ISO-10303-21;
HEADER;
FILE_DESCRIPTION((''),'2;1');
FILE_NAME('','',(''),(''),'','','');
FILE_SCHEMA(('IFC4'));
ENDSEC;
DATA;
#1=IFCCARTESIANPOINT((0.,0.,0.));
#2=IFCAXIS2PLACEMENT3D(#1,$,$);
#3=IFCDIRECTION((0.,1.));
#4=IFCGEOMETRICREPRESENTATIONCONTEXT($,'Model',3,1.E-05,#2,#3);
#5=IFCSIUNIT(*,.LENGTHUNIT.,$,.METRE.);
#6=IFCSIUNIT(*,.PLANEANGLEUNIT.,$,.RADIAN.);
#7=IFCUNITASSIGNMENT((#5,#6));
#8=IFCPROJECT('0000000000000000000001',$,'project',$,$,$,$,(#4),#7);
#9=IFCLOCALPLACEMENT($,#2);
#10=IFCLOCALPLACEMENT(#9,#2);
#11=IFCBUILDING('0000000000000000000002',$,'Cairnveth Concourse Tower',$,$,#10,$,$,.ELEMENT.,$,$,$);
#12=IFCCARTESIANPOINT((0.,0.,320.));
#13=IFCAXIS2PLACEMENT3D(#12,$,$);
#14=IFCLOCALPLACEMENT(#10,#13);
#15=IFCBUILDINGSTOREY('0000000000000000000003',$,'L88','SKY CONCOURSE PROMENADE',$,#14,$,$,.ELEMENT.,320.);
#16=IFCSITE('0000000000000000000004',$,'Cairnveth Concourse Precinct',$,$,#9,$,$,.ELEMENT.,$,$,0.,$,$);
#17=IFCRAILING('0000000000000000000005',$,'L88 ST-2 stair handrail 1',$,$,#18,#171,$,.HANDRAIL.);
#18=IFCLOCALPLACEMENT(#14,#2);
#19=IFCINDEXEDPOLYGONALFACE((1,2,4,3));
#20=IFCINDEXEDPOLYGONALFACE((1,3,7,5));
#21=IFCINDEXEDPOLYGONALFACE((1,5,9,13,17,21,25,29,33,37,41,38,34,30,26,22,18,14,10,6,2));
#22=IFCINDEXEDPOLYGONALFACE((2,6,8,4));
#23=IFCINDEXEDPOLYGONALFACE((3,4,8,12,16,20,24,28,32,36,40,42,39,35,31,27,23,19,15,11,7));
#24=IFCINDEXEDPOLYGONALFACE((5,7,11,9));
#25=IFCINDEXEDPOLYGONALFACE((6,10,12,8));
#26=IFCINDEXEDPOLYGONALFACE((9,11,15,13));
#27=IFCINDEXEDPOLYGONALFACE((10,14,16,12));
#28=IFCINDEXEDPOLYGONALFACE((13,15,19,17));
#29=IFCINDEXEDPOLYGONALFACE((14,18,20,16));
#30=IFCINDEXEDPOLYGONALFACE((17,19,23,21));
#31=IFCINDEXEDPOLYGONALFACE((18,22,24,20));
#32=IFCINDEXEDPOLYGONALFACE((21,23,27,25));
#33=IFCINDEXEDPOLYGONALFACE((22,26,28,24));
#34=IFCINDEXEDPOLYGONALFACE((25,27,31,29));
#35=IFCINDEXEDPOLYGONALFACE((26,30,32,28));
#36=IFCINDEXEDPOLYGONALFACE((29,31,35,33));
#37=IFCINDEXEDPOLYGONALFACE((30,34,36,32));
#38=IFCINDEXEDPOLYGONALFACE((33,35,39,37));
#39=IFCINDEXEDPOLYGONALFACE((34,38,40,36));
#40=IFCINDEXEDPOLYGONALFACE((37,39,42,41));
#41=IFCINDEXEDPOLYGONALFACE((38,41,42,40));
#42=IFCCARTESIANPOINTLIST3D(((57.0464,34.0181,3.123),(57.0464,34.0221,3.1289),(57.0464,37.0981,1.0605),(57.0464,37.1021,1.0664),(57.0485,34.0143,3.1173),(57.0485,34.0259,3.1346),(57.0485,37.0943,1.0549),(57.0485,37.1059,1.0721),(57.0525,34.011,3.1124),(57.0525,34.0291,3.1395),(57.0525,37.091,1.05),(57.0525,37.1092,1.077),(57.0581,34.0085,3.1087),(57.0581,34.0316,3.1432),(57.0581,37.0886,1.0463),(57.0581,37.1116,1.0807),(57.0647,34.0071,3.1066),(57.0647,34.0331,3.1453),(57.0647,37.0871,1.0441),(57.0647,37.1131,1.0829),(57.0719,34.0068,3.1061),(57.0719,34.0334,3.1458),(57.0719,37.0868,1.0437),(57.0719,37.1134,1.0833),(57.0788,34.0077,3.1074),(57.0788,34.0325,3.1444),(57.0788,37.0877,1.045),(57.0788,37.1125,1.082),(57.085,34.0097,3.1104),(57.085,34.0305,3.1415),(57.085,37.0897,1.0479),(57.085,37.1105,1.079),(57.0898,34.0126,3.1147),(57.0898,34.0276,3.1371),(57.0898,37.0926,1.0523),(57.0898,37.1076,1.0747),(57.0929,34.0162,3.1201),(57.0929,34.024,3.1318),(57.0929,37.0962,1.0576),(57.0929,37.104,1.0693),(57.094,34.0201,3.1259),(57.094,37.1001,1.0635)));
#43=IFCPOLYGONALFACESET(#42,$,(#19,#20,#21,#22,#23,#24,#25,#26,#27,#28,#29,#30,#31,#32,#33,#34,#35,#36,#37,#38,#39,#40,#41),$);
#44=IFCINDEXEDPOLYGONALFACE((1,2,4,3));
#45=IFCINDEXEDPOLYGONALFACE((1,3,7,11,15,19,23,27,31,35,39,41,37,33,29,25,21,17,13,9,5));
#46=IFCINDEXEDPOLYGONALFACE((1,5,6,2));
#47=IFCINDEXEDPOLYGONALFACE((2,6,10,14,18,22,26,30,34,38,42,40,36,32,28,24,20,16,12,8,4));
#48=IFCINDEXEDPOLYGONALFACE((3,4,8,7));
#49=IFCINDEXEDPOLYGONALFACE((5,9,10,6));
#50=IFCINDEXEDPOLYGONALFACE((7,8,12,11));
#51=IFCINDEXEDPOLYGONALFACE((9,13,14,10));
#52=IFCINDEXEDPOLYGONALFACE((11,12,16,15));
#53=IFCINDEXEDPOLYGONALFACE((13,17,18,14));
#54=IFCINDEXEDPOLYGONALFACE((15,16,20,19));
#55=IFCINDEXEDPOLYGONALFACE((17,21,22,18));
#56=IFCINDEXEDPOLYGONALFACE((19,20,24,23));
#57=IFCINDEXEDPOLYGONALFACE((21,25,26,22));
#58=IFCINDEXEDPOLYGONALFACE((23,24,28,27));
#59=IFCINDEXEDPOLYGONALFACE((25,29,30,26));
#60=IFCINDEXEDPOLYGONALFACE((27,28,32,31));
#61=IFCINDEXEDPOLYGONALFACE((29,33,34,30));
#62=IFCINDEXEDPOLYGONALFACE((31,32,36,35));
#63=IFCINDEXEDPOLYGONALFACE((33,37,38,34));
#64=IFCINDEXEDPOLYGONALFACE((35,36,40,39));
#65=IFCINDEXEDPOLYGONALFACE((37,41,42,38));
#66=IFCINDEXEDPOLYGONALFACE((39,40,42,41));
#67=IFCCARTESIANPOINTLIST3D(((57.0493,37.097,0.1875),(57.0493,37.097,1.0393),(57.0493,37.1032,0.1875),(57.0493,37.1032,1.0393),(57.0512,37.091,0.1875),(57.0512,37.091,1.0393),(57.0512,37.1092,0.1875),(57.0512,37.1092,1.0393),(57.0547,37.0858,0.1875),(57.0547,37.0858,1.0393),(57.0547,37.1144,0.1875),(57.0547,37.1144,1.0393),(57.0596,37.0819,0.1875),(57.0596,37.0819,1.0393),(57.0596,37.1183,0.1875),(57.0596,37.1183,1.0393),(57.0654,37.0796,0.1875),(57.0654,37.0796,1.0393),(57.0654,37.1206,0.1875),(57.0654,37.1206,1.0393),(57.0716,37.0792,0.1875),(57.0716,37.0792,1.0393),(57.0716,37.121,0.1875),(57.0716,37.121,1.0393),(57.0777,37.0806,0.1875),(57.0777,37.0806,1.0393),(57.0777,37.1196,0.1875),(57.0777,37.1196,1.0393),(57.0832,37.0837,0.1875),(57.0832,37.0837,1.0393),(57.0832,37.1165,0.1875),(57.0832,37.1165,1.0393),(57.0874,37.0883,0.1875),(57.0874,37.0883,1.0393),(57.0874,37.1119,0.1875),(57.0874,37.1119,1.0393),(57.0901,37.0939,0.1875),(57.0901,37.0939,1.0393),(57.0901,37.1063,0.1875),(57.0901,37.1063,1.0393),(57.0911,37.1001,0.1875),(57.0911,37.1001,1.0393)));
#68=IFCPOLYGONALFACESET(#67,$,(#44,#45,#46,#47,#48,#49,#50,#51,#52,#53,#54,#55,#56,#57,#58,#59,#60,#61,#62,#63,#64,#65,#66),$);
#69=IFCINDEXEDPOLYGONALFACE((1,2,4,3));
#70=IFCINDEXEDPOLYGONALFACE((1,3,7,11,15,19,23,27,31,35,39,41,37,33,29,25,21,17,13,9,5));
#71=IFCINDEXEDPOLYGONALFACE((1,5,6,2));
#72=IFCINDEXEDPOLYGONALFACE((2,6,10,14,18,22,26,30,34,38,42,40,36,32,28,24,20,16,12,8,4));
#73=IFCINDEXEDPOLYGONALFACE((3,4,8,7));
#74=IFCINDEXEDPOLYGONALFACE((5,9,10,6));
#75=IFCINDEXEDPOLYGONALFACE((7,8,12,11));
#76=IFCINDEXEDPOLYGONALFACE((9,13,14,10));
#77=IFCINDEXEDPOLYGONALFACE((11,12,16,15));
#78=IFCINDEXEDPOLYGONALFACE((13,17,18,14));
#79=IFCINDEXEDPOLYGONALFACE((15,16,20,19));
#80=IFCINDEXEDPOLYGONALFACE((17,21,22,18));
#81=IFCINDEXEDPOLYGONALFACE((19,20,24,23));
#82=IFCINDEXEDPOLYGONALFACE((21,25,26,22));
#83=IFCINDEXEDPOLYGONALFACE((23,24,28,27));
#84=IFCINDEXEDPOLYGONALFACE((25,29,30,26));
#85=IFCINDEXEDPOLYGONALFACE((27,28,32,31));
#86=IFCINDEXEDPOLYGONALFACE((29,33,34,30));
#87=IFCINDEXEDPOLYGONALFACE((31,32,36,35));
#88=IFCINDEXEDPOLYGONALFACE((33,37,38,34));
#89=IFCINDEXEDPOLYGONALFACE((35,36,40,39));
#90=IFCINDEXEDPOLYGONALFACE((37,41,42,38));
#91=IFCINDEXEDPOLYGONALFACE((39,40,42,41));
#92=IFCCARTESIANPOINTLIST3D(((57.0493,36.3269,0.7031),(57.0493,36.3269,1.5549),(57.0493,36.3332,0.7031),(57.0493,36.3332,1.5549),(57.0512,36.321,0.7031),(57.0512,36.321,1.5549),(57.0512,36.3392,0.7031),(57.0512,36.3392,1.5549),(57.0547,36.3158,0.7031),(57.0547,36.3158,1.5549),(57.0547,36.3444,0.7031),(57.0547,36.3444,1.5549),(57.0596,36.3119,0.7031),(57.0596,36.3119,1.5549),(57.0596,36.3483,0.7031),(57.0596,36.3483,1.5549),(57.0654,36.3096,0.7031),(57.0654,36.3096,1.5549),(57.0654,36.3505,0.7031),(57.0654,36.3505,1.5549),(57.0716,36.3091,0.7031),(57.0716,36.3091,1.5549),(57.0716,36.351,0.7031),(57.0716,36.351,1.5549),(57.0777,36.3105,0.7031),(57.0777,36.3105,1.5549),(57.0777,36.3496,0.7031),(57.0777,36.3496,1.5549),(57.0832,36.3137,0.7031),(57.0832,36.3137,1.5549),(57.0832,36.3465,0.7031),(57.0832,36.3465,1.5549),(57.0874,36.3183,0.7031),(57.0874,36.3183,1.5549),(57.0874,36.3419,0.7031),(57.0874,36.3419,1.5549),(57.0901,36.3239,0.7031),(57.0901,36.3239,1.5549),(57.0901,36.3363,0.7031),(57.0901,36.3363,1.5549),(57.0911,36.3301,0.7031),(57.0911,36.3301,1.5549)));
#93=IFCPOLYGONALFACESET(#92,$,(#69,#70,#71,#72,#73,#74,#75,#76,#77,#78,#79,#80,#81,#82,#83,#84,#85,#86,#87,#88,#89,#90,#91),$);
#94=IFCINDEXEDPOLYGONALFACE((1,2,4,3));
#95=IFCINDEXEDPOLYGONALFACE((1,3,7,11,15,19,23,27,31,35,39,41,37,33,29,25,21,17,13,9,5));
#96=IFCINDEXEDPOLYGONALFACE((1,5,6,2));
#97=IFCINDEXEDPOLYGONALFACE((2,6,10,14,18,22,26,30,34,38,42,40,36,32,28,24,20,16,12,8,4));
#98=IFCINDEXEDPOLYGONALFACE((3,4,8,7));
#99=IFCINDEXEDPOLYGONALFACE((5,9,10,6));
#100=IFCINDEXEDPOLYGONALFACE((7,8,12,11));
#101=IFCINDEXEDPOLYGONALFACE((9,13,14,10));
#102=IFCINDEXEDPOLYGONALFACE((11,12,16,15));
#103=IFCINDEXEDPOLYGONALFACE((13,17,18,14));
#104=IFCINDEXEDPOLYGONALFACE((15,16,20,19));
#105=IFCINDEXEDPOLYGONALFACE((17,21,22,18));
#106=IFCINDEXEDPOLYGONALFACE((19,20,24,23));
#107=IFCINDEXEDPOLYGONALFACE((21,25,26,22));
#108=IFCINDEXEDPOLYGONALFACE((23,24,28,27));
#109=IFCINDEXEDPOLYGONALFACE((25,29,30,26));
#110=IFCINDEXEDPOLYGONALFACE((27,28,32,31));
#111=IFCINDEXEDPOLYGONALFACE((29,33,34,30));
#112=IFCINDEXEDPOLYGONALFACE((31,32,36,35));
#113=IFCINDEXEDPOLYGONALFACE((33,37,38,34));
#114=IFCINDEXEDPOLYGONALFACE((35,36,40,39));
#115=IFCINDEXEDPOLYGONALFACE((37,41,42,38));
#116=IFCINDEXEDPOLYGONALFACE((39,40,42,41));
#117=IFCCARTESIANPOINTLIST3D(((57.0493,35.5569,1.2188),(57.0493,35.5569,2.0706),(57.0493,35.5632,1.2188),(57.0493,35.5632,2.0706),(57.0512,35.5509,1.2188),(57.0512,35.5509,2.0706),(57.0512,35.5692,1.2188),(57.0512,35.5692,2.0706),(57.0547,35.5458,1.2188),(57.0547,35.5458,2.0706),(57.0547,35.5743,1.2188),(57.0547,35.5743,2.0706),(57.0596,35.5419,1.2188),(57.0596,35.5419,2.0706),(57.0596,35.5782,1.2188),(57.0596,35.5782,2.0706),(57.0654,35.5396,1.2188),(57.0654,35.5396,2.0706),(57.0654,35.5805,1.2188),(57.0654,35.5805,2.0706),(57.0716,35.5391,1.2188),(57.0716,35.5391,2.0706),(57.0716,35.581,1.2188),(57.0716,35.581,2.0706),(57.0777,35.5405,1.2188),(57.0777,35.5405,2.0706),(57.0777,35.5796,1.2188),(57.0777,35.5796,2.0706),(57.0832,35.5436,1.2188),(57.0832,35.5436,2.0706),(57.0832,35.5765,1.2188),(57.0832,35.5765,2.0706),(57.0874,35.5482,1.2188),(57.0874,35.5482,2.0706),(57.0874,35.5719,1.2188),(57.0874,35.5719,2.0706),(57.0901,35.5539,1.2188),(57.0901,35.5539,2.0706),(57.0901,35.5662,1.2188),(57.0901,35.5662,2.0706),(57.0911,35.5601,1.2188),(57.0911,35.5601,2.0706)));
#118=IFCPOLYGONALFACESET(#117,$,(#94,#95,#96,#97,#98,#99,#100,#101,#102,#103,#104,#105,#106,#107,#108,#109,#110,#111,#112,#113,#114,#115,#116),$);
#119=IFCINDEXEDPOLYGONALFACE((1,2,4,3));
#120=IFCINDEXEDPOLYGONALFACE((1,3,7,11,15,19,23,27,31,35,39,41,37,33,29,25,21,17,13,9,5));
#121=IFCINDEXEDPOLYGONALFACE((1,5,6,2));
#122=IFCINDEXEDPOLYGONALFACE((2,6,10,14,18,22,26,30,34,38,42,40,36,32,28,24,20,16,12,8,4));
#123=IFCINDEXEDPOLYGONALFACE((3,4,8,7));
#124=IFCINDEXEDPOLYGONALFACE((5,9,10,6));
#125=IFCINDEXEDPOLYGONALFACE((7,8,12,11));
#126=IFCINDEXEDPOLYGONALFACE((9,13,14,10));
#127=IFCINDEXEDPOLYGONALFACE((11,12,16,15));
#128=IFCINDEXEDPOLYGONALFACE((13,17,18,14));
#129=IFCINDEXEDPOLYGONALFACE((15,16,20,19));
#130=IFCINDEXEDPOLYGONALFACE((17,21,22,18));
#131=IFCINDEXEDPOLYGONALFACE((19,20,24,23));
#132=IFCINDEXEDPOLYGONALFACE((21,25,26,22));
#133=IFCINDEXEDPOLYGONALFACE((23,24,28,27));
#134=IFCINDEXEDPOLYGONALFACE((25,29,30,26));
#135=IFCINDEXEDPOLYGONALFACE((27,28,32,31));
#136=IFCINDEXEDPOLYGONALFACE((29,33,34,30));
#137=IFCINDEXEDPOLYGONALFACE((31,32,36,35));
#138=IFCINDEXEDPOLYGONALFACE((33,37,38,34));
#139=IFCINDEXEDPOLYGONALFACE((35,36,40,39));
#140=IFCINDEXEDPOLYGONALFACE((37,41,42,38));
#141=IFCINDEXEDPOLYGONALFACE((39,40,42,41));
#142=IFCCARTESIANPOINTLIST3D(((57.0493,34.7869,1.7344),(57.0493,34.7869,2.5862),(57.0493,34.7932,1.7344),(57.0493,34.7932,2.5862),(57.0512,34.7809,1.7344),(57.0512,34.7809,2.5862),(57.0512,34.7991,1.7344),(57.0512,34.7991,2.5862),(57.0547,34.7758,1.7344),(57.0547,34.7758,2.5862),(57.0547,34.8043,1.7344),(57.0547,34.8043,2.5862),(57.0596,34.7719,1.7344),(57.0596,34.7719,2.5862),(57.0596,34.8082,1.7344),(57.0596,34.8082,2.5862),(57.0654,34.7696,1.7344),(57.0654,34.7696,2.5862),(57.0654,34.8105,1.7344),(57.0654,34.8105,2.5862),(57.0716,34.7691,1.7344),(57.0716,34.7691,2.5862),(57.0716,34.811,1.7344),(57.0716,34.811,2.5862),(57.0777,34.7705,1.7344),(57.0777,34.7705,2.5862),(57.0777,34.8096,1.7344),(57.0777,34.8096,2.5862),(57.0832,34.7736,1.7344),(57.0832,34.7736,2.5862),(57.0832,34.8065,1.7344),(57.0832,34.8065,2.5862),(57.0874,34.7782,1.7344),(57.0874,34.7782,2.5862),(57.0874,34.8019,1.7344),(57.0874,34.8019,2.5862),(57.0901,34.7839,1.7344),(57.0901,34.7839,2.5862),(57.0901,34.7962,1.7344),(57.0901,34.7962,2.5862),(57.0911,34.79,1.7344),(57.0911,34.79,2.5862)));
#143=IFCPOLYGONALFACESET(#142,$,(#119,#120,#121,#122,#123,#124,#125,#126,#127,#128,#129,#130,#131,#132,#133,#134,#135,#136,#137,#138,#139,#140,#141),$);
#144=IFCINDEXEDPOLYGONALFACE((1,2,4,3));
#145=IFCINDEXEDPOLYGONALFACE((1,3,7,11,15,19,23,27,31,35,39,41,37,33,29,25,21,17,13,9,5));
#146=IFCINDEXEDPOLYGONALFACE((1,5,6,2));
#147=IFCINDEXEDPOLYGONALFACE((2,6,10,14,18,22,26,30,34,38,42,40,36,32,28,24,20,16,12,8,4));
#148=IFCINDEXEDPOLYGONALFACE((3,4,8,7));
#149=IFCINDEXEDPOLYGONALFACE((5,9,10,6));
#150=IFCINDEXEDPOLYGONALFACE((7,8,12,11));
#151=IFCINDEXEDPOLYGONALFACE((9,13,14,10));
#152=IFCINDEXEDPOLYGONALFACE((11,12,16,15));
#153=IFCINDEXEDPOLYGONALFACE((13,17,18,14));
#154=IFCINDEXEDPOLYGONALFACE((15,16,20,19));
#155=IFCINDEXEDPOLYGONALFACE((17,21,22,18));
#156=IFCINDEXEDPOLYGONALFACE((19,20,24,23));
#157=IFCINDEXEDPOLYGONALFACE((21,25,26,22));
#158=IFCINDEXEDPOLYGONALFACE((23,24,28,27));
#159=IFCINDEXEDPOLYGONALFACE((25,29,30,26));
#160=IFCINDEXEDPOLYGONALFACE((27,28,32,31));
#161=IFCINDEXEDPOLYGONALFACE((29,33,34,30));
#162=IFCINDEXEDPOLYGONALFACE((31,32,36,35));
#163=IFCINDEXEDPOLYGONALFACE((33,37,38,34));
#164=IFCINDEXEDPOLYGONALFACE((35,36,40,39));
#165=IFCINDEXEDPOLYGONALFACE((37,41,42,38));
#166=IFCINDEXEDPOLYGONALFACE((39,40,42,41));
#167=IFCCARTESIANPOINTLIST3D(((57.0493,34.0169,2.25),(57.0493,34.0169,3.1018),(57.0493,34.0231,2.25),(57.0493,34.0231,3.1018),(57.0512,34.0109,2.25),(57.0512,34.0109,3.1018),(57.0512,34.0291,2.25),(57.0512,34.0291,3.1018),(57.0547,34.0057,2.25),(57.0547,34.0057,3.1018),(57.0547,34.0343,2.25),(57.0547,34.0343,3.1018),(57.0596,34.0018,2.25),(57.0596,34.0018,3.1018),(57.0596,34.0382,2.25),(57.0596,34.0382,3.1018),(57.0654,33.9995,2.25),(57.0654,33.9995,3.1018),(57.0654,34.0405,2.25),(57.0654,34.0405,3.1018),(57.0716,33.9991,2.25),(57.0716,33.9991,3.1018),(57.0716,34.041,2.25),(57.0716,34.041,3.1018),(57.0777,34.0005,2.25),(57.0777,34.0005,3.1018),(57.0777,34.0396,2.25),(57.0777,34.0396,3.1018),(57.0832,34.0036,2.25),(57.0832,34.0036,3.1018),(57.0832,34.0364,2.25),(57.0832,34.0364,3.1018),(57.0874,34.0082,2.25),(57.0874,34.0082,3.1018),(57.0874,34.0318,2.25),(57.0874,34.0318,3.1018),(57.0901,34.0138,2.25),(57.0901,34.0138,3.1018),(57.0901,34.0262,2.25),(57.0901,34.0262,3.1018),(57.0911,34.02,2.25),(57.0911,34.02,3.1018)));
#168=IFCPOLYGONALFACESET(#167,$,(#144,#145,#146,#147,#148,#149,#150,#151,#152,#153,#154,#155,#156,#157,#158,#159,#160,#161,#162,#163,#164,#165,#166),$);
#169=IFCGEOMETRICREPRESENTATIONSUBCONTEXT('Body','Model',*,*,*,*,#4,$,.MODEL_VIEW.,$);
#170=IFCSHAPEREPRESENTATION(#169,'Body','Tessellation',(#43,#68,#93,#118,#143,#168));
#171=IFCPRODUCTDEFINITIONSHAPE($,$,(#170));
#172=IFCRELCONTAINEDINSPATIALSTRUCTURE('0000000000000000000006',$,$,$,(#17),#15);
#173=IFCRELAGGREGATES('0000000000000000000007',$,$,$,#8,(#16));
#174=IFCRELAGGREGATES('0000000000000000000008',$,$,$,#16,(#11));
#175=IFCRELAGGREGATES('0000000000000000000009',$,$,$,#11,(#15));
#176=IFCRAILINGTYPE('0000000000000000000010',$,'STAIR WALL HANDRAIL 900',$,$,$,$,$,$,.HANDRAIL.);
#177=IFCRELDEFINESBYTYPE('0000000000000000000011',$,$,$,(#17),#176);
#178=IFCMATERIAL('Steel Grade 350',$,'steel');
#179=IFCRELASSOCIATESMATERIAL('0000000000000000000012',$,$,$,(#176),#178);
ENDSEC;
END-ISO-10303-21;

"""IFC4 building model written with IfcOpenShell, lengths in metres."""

from ifc_helpers import new_model, si_unit, direction, frame, origin, origin_2d, place, context, subcontext, project, spatial, circle, extrude, material, type_object, element, save


model = new_model("IFC4")

# Units and contexts
model_context = context("Model", 3, precision=1e-05, world=origin(), true_north=direction((0.0, 1.0)))
body_context = subcontext(model_context, "Body", "Model", "MODEL_VIEW")
ifc_project = project(units=[si_unit("LENGTHUNIT", "METRE"), si_unit("PLANEANGLEUNIT", "RADIAN")], contexts=[model_context])

# Site, building, storey
site_placement = place(None, origin())
site = spatial("IfcSite", under=ifc_project, at=site_placement, Name="Cairnveth Concourse Precinct", CompositionType="ELEMENT", RefElevation=0.0)
building_placement = place(site_placement, origin())
building = spatial("IfcBuilding", under=site, at=building_placement, Name="Cairnveth Concourse Tower", CompositionType="ELEMENT")
storey_placement = place(building_placement, frame((0.0, 0.0, 320.0)))
storey = spatial("IfcBuildingStorey", under=building, at=storey_placement, Name="L88", Description="SKY CONCOURSE PROMENADE", CompositionType="ELEMENT", Elevation=320.0)

# Shared definitions
ifc_material_1 = material(Name="Steel Grade 350", Category="steel")

# Railing
railing_type_1 = type_object("IfcRailingType", Name="STAIR WALL HANDRAIL 900", PredefinedType="HANDRAIL", material=ifc_material_1)
railing_1_placement = place(storey_placement, frame((57.0701, 37.1001, 0.1875)))
element("IfcRailing", 1, at=railing_1_placement, inside=storey, type_object=railing_type_1, Name="L88 ST-2 stair handrail 1", PredefinedType="HANDRAIL", context=body_context, shape_type="SweptSolid", body=[
    extrude(circle(Radius=0.0239, at=origin_2d()), frame((0.0, 0.0, 0.876), z_axis=(0.0, -0.830914, 0.556401), x_axis=(1.0, 0.0, 0.0)), (0.0, 0.0, 1.0), 3.7068),
    extrude(circle(Radius=0.021, at=origin_2d()), origin(), (0.0, 0.0, 1.0), 0.8518),
    extrude(circle(Radius=0.021, at=origin_2d()), frame((0.0, -0.77, 0.5156)), (0.0, 0.0, 1.0), 0.8518),
    extrude(circle(Radius=0.021, at=origin_2d()), frame((0.0, -1.54, 1.0312)), (0.0, 0.0, 1.0), 0.8518),
    extrude(circle(Radius=0.021, at=origin_2d()), frame((0.0, -2.3101, 1.5469)), (0.0, 0.0, 1.0), 0.8518),
    extrude(circle(Radius=0.021, at=origin_2d()), frame((0.0, -3.0801, 2.0625)), (0.0, 0.0, 1.0), 0.8518),
])

save(model, "model.ifc")
